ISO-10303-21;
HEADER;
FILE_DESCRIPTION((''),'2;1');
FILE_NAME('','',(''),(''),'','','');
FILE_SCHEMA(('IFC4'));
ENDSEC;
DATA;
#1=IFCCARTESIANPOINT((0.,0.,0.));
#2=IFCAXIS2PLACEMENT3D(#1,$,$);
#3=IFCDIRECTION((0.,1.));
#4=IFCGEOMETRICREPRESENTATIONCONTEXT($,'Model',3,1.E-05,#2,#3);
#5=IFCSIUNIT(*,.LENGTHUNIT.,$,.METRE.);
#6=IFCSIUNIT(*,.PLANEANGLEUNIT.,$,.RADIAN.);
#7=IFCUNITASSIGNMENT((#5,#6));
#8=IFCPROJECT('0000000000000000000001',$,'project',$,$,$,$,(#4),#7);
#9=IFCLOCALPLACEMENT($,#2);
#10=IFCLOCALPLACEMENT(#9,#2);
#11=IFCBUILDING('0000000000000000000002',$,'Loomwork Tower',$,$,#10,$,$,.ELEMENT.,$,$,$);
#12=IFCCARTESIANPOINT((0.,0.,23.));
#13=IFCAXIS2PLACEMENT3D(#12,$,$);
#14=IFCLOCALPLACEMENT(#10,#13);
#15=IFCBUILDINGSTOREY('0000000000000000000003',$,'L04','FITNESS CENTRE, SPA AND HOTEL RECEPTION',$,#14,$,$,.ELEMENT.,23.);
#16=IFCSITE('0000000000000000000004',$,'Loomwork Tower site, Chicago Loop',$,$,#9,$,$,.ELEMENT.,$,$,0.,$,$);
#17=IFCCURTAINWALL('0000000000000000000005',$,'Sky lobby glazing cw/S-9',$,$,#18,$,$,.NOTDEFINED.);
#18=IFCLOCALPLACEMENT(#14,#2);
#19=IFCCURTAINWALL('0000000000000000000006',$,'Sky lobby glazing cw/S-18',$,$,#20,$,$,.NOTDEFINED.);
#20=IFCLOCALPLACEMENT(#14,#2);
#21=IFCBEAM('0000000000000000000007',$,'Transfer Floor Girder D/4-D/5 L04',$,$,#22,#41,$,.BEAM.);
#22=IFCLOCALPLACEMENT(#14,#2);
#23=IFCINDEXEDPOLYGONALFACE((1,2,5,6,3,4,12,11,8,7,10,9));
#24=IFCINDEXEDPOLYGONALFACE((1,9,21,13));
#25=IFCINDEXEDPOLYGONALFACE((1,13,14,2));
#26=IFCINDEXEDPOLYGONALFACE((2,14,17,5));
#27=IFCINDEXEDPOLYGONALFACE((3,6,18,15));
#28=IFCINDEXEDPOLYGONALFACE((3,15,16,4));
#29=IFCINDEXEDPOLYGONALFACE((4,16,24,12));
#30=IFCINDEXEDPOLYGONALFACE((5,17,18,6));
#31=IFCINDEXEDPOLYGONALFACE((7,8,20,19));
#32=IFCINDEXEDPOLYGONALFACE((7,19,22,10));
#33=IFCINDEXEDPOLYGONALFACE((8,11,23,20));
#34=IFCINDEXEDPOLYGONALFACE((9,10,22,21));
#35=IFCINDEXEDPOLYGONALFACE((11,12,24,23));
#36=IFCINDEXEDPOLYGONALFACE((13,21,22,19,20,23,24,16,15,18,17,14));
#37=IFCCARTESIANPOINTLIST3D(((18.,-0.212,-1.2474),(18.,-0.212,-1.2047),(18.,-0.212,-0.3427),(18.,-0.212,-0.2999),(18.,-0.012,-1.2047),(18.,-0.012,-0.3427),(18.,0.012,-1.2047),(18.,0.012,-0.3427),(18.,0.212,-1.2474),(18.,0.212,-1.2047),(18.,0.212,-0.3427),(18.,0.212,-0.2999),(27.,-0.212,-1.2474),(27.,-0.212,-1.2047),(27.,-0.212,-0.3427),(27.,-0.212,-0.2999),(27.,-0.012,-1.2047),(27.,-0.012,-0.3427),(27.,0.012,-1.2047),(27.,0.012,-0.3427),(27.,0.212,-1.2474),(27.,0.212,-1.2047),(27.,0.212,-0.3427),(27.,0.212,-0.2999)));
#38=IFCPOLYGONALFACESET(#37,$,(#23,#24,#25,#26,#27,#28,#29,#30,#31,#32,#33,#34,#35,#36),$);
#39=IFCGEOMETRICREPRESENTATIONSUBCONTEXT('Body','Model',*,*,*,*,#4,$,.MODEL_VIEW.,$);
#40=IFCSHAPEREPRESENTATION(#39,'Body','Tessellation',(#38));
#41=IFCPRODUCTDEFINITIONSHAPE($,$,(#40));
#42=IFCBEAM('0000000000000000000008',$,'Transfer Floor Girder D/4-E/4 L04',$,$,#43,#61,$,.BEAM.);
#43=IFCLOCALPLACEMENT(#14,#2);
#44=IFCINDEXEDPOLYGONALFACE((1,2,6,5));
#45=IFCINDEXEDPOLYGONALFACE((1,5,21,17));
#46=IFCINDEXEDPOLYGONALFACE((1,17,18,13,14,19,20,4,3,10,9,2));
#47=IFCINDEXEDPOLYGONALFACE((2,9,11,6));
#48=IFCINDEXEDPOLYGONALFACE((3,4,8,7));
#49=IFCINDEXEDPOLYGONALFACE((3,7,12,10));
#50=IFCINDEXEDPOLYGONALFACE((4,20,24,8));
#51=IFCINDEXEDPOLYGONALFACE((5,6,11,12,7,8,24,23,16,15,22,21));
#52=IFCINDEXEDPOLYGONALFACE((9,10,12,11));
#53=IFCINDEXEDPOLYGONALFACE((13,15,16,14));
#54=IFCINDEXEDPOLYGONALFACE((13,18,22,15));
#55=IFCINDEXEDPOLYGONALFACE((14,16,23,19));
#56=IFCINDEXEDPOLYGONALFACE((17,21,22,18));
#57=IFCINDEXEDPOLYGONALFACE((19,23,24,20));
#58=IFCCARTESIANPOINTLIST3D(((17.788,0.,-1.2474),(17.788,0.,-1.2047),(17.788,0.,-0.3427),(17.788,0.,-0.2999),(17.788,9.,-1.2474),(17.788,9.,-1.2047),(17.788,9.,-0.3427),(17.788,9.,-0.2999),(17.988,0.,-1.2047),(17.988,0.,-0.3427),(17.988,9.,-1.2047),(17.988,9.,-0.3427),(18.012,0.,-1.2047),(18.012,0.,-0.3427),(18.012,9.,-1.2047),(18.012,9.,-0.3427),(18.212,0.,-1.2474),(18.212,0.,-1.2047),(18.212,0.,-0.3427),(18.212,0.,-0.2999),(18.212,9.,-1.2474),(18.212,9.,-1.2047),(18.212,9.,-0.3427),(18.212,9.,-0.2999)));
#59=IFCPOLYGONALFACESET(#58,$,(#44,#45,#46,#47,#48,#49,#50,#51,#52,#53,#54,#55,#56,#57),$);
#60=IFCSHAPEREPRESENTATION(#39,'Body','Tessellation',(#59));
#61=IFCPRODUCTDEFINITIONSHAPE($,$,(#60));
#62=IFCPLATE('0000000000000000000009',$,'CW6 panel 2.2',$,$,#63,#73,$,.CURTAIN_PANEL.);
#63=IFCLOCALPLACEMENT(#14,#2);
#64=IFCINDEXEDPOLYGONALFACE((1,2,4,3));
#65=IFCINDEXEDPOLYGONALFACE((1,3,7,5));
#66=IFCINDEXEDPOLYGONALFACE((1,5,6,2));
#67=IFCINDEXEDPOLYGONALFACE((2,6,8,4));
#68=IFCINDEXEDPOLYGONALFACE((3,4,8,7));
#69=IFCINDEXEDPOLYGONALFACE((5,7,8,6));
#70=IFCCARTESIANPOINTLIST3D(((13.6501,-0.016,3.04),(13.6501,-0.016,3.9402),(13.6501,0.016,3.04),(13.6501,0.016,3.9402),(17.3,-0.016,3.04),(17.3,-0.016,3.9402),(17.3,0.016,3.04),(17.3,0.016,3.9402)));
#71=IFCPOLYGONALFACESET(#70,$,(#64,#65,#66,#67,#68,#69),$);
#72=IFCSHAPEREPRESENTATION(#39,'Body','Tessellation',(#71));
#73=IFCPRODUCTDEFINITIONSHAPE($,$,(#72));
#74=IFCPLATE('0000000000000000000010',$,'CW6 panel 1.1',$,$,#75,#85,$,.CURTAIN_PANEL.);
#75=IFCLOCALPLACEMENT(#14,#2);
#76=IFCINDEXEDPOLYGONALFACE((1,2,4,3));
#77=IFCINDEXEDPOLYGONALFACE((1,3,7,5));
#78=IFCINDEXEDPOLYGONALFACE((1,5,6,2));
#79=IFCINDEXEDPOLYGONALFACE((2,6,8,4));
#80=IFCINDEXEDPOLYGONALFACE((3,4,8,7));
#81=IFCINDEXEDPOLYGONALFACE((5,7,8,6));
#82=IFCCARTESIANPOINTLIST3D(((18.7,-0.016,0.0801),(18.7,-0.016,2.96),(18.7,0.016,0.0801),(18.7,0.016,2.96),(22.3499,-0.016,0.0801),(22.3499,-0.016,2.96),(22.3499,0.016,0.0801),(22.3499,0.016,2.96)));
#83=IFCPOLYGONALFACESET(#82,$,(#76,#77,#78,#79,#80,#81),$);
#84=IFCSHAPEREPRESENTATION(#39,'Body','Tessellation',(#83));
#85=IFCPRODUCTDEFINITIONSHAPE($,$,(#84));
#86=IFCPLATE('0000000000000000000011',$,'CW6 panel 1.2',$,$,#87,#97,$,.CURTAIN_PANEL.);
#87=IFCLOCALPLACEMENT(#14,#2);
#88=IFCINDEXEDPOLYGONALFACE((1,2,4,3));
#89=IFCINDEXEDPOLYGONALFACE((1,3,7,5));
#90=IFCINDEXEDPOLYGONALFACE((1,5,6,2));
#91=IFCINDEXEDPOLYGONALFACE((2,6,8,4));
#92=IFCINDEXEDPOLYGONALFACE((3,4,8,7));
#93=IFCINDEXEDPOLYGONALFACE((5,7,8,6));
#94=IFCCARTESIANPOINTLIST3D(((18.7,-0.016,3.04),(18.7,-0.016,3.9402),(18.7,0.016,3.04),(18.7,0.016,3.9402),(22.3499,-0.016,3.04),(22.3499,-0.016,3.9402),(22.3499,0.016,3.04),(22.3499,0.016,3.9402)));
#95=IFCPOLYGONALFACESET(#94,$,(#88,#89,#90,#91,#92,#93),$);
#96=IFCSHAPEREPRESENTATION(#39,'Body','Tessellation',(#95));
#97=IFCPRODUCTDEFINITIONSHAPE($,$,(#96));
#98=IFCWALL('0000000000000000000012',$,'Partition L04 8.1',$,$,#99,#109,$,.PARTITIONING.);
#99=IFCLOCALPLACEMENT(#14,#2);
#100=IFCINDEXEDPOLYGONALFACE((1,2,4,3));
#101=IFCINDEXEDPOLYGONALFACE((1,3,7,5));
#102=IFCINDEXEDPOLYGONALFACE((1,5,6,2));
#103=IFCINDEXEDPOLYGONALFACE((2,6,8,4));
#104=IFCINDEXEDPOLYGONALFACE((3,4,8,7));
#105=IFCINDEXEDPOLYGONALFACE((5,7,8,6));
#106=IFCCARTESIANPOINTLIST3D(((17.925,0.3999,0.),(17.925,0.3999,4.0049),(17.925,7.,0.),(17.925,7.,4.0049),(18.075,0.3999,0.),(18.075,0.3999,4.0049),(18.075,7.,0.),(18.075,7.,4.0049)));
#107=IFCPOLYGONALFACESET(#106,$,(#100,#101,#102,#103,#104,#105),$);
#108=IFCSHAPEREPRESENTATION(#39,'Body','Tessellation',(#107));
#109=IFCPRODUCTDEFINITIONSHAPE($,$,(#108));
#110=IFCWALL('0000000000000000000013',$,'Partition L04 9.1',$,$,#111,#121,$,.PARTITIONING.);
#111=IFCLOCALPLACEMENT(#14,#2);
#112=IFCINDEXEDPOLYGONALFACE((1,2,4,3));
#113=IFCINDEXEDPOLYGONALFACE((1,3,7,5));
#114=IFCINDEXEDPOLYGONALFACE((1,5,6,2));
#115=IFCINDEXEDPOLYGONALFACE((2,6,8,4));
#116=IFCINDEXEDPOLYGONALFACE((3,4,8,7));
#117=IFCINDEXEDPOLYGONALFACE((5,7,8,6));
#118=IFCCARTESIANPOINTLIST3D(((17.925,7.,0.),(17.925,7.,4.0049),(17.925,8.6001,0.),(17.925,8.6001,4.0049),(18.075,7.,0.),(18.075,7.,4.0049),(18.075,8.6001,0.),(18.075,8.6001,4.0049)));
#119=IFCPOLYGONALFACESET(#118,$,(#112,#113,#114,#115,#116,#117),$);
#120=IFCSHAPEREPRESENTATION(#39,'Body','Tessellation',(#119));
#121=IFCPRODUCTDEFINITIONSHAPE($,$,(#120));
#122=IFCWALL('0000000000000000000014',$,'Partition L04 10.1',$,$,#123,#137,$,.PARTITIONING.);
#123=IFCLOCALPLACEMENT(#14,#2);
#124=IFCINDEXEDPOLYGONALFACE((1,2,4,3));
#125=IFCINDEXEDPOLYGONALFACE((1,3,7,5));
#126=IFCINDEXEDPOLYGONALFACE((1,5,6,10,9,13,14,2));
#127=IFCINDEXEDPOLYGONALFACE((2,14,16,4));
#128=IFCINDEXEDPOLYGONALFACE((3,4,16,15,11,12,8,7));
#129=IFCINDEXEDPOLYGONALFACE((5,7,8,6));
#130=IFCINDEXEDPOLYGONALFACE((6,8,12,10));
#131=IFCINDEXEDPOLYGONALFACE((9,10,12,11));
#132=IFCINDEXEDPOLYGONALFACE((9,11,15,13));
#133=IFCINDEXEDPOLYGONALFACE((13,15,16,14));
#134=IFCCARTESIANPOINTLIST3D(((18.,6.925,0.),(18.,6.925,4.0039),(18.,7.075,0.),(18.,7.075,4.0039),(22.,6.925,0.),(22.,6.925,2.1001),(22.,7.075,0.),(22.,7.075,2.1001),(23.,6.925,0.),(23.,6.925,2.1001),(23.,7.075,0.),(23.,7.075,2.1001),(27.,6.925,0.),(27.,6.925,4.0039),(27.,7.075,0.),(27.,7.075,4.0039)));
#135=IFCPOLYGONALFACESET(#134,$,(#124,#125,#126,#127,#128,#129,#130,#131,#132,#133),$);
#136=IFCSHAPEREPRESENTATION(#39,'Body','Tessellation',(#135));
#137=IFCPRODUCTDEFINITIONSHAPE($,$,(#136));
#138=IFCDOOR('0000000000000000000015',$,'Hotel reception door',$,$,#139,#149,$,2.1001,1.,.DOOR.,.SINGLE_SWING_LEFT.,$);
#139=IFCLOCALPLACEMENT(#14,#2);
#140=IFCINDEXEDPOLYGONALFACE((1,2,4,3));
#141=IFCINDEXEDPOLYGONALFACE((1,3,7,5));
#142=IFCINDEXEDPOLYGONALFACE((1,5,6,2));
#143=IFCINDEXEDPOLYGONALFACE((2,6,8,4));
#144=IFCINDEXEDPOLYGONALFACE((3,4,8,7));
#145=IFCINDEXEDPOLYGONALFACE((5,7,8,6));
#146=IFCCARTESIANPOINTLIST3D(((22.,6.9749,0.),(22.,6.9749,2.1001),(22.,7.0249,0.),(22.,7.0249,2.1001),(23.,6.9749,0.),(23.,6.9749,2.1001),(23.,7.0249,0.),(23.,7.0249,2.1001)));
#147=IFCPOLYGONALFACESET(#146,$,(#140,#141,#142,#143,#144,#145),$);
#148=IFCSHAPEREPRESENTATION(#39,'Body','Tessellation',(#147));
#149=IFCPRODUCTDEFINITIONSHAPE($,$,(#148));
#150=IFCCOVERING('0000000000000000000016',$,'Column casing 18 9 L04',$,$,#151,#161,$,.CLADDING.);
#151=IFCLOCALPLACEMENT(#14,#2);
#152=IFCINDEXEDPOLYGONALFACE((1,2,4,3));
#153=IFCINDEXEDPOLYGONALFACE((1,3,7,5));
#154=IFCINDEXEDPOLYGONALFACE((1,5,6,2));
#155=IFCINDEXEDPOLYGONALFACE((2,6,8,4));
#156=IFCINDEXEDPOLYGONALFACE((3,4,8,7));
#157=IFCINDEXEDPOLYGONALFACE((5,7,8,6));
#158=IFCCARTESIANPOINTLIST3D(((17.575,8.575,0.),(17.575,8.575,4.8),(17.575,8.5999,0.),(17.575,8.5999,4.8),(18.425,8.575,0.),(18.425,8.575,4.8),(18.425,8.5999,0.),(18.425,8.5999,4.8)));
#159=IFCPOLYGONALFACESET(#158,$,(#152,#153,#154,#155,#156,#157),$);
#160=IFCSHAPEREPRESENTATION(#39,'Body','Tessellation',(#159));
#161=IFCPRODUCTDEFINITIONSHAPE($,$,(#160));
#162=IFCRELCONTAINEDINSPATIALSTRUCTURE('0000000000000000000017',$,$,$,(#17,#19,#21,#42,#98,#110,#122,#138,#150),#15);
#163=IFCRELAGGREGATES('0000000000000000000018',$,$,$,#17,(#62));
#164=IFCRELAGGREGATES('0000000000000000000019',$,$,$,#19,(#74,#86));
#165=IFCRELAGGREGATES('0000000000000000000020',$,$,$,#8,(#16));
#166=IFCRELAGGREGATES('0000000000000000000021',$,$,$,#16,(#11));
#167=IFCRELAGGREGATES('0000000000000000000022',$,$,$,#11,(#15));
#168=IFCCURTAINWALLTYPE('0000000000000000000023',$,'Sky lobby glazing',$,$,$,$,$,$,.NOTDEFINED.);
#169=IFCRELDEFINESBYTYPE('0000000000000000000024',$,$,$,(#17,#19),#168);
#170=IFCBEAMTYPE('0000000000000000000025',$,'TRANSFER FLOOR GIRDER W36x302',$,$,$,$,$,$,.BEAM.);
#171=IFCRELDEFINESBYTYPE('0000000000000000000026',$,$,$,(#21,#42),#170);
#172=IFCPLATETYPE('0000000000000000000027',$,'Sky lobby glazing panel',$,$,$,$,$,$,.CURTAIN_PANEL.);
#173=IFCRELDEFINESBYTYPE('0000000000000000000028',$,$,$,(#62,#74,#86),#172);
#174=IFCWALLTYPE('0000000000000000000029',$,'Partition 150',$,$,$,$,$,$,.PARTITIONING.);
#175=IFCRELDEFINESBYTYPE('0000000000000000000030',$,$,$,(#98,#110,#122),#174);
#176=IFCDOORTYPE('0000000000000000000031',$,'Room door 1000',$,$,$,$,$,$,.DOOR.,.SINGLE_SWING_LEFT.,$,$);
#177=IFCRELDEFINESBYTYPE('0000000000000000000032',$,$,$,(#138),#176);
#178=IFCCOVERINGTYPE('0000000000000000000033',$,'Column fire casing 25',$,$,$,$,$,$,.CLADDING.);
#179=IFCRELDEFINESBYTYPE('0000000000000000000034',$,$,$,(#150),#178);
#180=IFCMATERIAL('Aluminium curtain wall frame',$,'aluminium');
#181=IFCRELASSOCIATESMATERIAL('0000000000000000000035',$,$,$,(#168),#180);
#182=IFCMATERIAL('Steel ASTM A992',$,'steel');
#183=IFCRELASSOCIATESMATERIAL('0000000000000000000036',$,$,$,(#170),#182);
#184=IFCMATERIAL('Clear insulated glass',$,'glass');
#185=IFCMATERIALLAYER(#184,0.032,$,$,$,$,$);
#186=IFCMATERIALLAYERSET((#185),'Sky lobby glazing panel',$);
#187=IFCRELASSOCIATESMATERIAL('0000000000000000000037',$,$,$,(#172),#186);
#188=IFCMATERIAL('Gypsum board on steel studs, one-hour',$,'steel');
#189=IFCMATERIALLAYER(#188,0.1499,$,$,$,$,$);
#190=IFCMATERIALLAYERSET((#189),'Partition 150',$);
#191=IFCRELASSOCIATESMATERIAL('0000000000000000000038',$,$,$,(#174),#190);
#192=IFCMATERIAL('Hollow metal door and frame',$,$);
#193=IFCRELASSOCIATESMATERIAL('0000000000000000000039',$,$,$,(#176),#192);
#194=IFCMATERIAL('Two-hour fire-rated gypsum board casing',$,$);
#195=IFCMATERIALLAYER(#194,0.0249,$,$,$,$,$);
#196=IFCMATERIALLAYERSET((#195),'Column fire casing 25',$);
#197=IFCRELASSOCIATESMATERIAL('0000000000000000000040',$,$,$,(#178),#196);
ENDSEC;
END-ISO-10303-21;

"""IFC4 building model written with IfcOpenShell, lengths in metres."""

from ifc_helpers import new_model, si_unit, direction, frame, frame_2d, origin, origin_2d, place, context, subcontext, project, spatial, rectangle, i_section, extrude, material, layer, layer_set, material_profile, profile_set, type_object, element, fill, aggregate, save


model = new_model("IFC4")

# Units and contexts
model_context = context("Model", 3, precision=1e-05, world=origin(), true_north=direction((0.0, 1.0)))
body_context = subcontext(model_context, "Body", "Model", "MODEL_VIEW")
ifc_project = project(units=[si_unit("LENGTHUNIT", "METRE"), si_unit("PLANEANGLEUNIT", "RADIAN")], contexts=[model_context])

# Site, building, storey
site_placement = place(None, origin())
site = spatial("IfcSite", under=ifc_project, at=site_placement, Name="Loomwork Tower site, Chicago Loop", CompositionType="ELEMENT", RefElevation=0.0)
building_placement = place(site_placement, origin())
building = spatial("IfcBuilding", under=site, at=building_placement, Name="Loomwork Tower", CompositionType="ELEMENT")
storey_placement = place(building_placement, frame((0.0, 0.0, 23.0)))
storey = spatial("IfcBuildingStorey", under=building, at=storey_placement, Name="L04", Description="FITNESS CENTRE, SPA AND HOTEL RECEPTION", CompositionType="ELEMENT", Elevation=23.0)

# Curtain wall
ifc_material_1 = material(Name="Aluminium curtain wall frame", Category="aluminium")
curtain_wall_type = type_object("IfcCurtainWallType", Name="Sky lobby glazing", PredefinedType="NOTDEFINED", material=ifc_material_1)
curtain_wall_1_placement = place(storey_placement, origin())
curtain_wall_1 = element("IfcCurtainWall", 1, at=curtain_wall_1_placement, inside=storey, type_object=curtain_wall_type, Name="Sky lobby glazing cw/S-9", PredefinedType="NOTDEFINED")

# Curtain wall
curtain_wall_2_placement = place(storey_placement, origin())
curtain_wall_2 = element("IfcCurtainWall", 2, at=curtain_wall_2_placement, inside=storey, type_object=curtain_wall_type, Name="Sky lobby glazing cw/S-18", PredefinedType="NOTDEFINED")

# Beams
ifc_material_2 = material(Name="Steel ASTM A992", Category="steel")
ifc_material_profile_1 = material_profile(ifc_material_2, i_section(OverallWidth=0.4241, OverallDepth=0.9475, WebThickness=0.0239, FlangeThickness=0.0427, at=origin_2d()), Name="W36x302")
ifc_profile_set_1 = profile_set([ifc_material_profile_1], Name="Steel ASTM A992")
beam_type_1 = type_object("IfcBeamType", Name="TRANSFER FLOOR GIRDER W36x302", PredefinedType="BEAM", material=ifc_profile_set_1)
for number, where, z_axis, x_axis, name in (
    (3, (18.0, 0.0, -0.7737), (1.0, 0.0, 0.0), (0.0, 1.0, 0.0), "Transfer Floor Girder D/4-D/5 L04"),
    (4, (18.0, 0.0, -0.7737), (0.0, 1.0, 0.0), (-1.0, 0.0, 0.0), "Transfer Floor Girder D/4-E/4 L04"),
):
    element("IfcBeam", number, at=place(storey_placement, frame(where, z_axis=z_axis, x_axis=x_axis)), inside=storey, type_object=beam_type_1, Name=name, PredefinedType="BEAM", context=body_context, shape_type="SweptSolid", body=[
        extrude(i_section(OverallWidth=0.4241, OverallDepth=0.9475, WebThickness=0.0239, FlangeThickness=0.0427, at=origin_2d()), origin(), (0.0, 0.0, 1.0), 9.0),
    ])

# Plates
ifc_material_3 = material(Name="Clear insulated glass", Category="glass")
ifc_layer_1 = layer(ifc_material_3, 0.032)
ifc_layer_set_1 = layer_set([ifc_layer_1], Name="Sky lobby glazing panel")
plate_type = type_object("IfcPlateType", Name="Sky lobby glazing panel", PredefinedType="CURTAIN_PANEL", material=ifc_layer_set_1)
plate_1_placement = place(storey_placement, frame((15.4751, 0.0, 3.04), z_axis=(0.0, 0.0, 1.0), x_axis=(1.0, 0.0, 0.0)))
plate_1 = element("IfcPlate", 5, at=plate_1_placement, type_object=plate_type, Name="CW6 panel 2.2", PredefinedType="CURTAIN_PANEL", context=body_context, shape_type="SweptSolid", body=[
    extrude(rectangle(XDim=3.6499, YDim=0.032, at=origin_2d()), origin(), (0.0, 0.0, 1.0), 0.9001),
])
aggregate(curtain_wall_1, [plate_1])
plate_2_placement = place(storey_placement, frame((20.5249, 0.0, 0.0801), z_axis=(0.0, 0.0, 1.0), x_axis=(1.0, 0.0, 0.0)))
plate_2 = element("IfcPlate", 6, at=plate_2_placement, type_object=plate_type, Name="CW6 panel 1.1", PredefinedType="CURTAIN_PANEL", context=body_context, shape_type="SweptSolid", body=[
    extrude(rectangle(XDim=3.6499, YDim=0.032, at=origin_2d()), origin(), (0.0, 0.0, 1.0), 2.8799),
])
plate_3_placement = place(storey_placement, frame((20.5249, 0.0, 3.04), z_axis=(0.0, 0.0, 1.0), x_axis=(1.0, 0.0, 0.0)))
plate_3 = element("IfcPlate", 7, at=plate_3_placement, type_object=plate_type, Name="CW6 panel 1.2", PredefinedType="CURTAIN_PANEL", context=body_context, shape_type="SweptSolid", body=[
    extrude(rectangle(XDim=3.6499, YDim=0.032, at=origin_2d()), origin(), (0.0, 0.0, 1.0), 0.9001),
])
aggregate(curtain_wall_2, [plate_2, plate_3])

# Walls
ifc_material_4 = material(Name="Gypsum board on steel studs, one-hour", Category="steel")
ifc_layer_2 = layer(ifc_material_4, 0.1499)
ifc_layer_set_2 = layer_set([ifc_layer_2], Name="Partition 150")
wall_type = type_object("IfcWallType", Name="Partition 150", PredefinedType="PARTITIONING", material=ifc_layer_set_2)
wall_1_placement = place(storey_placement, frame((18.0, 7.0, 0.0), z_axis=(0.0, 0.0, 1.0), x_axis=(0.0, -1.0, 0.0)))
element("IfcWall", 8, at=wall_1_placement, inside=storey, type_object=wall_type, Name="Partition L04 8.1", PredefinedType="PARTITIONING", context=body_context, shape_type="SweptSolid", body=[
    extrude(rectangle(XDim=6.6001, YDim=0.1499, at=frame_2d((3.3, 0.0))), origin(), (0.0, 0.0, 1.0), 4.0049),
])
wall_2_placement = place(storey_placement, frame((18.0, 8.6001, 0.0), z_axis=(0.0, 0.0, 1.0), x_axis=(0.0, -1.0, 0.0)))
element("IfcWall", 9, at=wall_2_placement, inside=storey, type_object=wall_type, Name="Partition L04 9.1", PredefinedType="PARTITIONING", context=body_context, shape_type="SweptSolid", body=[
    extrude(rectangle(XDim=1.6001, YDim=0.1499, at=frame_2d((0.8, 0.0))), origin(), (0.0, 0.0, 1.0), 4.0049),
])

# Wall, opening, door
wall_3_placement = place(storey_placement, frame((18.0, 7.0, 0.0), z_axis=(0.0, 0.0, 1.0), x_axis=(1.0, 0.0, 0.0)))
wall_3 = element("IfcWall", 10, at=wall_3_placement, inside=storey, type_object=wall_type, Name="Partition L04 10.1", PredefinedType="PARTITIONING", context=body_context, shape_type="SweptSolid", body=[
    extrude(rectangle(XDim=9.0, YDim=0.1499, at=frame_2d((4.5, 0.0))), origin(), (0.0, 0.0, 1.0), 4.0039),
])
opening_placement = place(wall_3_placement, frame((4.0, 0.0, 0.0)))
opening = element("IfcOpeningElement", 11, at=opening_placement, cuts=wall_3, PredefinedType="OPENING", context=body_context, shape_type="SweptSolid", body=[
    extrude(rectangle(XDim=1.0, YDim=2.1001, at=frame_2d((0.5, 1.05))), frame((0.0, 0.085, 0.0), z_axis=(0.0, -1.0, 0.0), x_axis=(1.0, 0.0, 0.0)), (0.0, 0.0, 1.0), 0.1699),
])
ifc_material_5 = material(Name="Hollow metal door and frame")
door_type = type_object("IfcDoorType", Name="Room door 1000", OperationType="SINGLE_SWING_LEFT", PredefinedType="DOOR", material=ifc_material_5)
door_placement = place(opening_placement, origin())
door = element("IfcDoor", 12, at=door_placement, inside=storey, type_object=door_type, Name="Hotel reception door", OperationType="SINGLE_SWING_LEFT", OverallHeight=2.1001, OverallWidth=1.0, PredefinedType="DOOR", context=body_context, shape_type="SweptSolid", body=[
    extrude(rectangle(XDim=1.0, YDim=2.1001, at=frame_2d((0.5, 1.05))), frame((0.0, 0.0249, 0.0), z_axis=(0.0, -1.0, 0.0), x_axis=(1.0, 0.0, 0.0)), (0.0, 0.0, 1.0), 0.05),
])
fill(opening, door)

# Covering
ifc_material_6 = material(Name="Two-hour fire-rated gypsum board casing")
ifc_layer_3 = layer(ifc_material_6, 0.0249)
ifc_layer_set_3 = layer_set([ifc_layer_3], Name="Column fire casing 25")
covering_type = type_object("IfcCoveringType", Name="Column fire casing 25", PredefinedType="CLADDING", material=ifc_layer_set_3)
covering_placement = place(storey_placement, frame((18.0, 8.5874, 0.0), z_axis=(0.0, 0.0, 1.0), x_axis=(1.0, 0.0, 0.0)))
element("IfcCovering", 13, at=covering_placement, inside=storey, type_object=covering_type, Name="Column casing 18 9 L04", PredefinedType="CLADDING", context=body_context, shape_type="SweptSolid", body=[
    extrude(rectangle(XDim=0.8501, YDim=0.0249, at=origin_2d()), origin(), (0.0, 0.0, 1.0), 4.8),
])

save(model, "model.ifc")
